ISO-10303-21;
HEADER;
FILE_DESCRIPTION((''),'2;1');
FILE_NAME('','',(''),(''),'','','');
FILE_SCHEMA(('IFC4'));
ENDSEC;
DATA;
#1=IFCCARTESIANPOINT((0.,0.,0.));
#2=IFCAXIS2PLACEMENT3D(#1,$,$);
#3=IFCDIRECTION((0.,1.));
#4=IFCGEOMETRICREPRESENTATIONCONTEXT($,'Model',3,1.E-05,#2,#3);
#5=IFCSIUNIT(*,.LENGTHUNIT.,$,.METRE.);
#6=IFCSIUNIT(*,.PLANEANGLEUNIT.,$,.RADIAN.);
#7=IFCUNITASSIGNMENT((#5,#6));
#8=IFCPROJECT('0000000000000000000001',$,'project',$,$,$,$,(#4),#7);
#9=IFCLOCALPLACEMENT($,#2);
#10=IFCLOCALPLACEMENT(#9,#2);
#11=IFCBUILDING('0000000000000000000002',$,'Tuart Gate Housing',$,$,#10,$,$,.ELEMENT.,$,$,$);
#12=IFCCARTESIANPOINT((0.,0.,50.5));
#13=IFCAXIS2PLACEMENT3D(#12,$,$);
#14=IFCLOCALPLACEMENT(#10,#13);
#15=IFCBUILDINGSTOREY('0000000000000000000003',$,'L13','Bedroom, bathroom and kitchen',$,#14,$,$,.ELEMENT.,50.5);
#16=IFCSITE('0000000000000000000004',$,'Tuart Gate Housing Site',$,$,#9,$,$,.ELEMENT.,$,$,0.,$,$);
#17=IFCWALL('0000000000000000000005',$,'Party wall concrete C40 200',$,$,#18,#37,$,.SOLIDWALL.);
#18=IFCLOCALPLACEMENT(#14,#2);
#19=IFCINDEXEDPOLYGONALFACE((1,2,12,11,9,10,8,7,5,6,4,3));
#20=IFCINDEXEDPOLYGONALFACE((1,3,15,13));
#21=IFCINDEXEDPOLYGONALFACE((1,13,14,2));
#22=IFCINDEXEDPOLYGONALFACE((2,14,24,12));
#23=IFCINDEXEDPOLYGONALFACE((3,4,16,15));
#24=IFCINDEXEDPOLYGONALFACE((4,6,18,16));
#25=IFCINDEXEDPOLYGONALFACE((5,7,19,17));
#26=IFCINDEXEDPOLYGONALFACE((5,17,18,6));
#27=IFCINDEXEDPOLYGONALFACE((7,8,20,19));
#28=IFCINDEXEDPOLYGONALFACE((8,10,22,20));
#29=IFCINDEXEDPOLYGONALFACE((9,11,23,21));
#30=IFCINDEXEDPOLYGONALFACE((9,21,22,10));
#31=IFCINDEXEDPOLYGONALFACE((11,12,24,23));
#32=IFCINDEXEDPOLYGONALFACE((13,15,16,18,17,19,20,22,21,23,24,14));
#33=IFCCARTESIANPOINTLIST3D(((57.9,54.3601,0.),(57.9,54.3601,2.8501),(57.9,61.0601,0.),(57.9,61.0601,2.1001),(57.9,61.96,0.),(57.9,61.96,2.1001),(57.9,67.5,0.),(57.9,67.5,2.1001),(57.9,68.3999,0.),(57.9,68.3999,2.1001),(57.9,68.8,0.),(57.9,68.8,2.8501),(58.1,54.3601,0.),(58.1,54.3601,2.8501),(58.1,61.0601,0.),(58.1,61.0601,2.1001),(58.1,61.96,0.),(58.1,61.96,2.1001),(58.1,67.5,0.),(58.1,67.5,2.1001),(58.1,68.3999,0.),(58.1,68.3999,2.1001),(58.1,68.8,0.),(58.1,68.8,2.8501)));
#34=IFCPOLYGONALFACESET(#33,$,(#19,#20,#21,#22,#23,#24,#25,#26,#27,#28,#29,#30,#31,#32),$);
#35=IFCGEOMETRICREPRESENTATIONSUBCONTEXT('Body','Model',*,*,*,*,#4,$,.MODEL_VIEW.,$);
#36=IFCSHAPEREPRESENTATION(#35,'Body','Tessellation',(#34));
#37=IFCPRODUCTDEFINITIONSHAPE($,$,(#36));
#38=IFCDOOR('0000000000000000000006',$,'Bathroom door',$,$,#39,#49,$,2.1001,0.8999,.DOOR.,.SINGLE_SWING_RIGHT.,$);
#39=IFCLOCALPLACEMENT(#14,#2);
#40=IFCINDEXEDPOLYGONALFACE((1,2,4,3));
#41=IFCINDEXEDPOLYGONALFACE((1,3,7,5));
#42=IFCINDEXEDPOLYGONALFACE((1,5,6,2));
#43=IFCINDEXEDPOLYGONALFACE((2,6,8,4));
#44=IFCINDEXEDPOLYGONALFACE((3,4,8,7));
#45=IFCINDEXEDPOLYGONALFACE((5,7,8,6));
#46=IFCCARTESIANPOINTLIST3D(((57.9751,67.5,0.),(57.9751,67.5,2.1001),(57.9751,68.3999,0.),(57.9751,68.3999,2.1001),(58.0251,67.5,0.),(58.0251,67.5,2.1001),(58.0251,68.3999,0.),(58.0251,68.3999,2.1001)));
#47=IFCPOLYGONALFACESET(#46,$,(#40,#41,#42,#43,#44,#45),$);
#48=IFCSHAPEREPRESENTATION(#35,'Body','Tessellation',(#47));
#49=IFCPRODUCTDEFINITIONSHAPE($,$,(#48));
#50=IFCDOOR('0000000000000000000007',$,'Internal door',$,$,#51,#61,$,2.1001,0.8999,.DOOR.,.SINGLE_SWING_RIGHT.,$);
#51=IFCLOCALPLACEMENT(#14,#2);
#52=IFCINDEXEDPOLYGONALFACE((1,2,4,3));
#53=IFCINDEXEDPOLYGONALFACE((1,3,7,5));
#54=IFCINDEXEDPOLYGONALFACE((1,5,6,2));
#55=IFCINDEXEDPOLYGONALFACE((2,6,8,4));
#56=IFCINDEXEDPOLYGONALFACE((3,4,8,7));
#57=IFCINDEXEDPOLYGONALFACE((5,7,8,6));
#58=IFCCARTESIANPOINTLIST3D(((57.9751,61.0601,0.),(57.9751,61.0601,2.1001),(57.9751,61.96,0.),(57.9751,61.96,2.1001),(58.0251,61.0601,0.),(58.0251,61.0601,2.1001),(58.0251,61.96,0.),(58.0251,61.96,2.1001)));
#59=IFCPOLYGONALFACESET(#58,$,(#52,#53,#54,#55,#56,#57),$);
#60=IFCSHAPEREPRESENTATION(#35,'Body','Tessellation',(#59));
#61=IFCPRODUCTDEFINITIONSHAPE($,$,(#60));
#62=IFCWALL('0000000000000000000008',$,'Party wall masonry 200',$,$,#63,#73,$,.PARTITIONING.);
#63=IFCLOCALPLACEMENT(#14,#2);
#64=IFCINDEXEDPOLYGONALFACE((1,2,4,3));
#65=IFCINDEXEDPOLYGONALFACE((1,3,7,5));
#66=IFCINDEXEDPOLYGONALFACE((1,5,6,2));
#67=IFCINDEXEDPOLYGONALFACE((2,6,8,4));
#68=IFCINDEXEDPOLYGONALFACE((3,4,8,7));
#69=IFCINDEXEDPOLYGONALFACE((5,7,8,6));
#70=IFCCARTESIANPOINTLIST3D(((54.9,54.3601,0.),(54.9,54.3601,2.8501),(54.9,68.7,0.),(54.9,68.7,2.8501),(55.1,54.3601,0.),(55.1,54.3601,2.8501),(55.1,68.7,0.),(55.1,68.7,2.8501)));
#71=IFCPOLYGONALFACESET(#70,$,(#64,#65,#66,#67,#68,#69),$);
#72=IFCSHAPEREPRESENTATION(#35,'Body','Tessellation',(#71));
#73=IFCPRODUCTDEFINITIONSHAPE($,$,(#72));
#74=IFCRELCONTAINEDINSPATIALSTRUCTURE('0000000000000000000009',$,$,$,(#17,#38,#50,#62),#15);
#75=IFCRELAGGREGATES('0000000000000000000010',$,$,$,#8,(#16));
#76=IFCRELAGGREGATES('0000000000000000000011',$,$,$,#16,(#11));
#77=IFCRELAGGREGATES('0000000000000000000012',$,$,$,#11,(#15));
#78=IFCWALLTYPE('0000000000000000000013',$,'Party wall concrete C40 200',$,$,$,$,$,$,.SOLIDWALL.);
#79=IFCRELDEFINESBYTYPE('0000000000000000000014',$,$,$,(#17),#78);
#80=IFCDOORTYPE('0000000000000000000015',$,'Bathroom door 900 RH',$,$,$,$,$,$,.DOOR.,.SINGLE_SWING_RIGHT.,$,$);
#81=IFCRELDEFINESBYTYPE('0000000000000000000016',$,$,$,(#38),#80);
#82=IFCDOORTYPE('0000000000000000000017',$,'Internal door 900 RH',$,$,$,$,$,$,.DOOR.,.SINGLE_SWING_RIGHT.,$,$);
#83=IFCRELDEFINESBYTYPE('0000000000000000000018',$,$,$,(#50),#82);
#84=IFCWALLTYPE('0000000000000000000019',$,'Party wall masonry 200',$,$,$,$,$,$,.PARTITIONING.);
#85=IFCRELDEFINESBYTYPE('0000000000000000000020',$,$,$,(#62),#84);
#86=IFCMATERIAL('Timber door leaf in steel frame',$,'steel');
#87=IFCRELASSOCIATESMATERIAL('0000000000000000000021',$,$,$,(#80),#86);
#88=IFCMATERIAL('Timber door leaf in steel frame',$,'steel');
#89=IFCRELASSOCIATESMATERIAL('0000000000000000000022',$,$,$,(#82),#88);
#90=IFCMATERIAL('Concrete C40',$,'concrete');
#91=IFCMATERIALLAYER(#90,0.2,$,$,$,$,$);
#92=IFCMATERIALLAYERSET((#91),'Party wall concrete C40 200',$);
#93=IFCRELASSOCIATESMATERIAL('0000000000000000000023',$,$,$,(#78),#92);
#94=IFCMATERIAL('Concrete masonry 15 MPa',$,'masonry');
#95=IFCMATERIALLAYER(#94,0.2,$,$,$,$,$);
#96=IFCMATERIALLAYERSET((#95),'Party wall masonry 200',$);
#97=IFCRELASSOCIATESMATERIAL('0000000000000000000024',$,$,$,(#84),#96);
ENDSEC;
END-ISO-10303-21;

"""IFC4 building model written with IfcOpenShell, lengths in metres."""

from ifc_helpers import new_model, si_unit, direction, frame, frame_2d, origin, place, context, subcontext, project, spatial, rectangle, extrude, material, layer, layer_set, type_object, element, fill, save


model = new_model("IFC4")

# Units and contexts
model_context = context("Model", 3, precision=1e-05, world=origin(), true_north=direction((0.0, 1.0)))
body_context = subcontext(model_context, "Body", "Model", "MODEL_VIEW")
ifc_project = project(units=[si_unit("LENGTHUNIT", "METRE"), si_unit("PLANEANGLEUNIT", "RADIAN")], contexts=[model_context])

# Site, building, storey
site_placement = place(None, origin())
site = spatial("IfcSite", under=ifc_project, at=site_placement, Name="Tuart Gate Housing Site", CompositionType="ELEMENT", RefElevation=0.0)
building_placement = place(site_placement, origin())
building = spatial("IfcBuilding", under=site, at=building_placement, Name="Tuart Gate Housing", CompositionType="ELEMENT")
storey_placement = place(building_placement, frame((0.0, 0.0, 50.5)))
storey = spatial("IfcBuildingStorey", under=building, at=storey_placement, Name="L13", Description="Bedroom, bathroom and kitchen", CompositionType="ELEMENT", Elevation=50.5)

# Shared definitions
ifc_material_1 = material(Name="Timber door leaf in steel frame", Category="steel")
door_type_1 = type_object("IfcDoorType", Name="Bathroom door 900 RH", OperationType="SINGLE_SWING_RIGHT", PredefinedType="DOOR", material=ifc_material_1)
ifc_material_2 = material(Name="Timber door leaf in steel frame", Category="steel")
door_type_2 = type_object("IfcDoorType", Name="Internal door 900 RH", OperationType="SINGLE_SWING_RIGHT", PredefinedType="DOOR", material=ifc_material_2)

# Shared definitions
ifc_material_3 = material(Name="Concrete C40", Category="concrete")
ifc_layer_1 = layer(ifc_material_3, 0.2)
ifc_layer_set_1 = layer_set([ifc_layer_1], Name="Party wall concrete C40 200")
wall_type_1 = type_object("IfcWallType", Name="Party wall concrete C40 200", PredefinedType="SOLIDWALL", material=ifc_layer_set_1)

# Wall, openings, doors
wall_1_placement = place(storey_placement, frame((58.0, 54.3601, 0.0), z_axis=(0.0, 0.0, 1.0), x_axis=(0.0, 1.0, 0.0)))
wall_1 = element("IfcWall", 1, at=wall_1_placement, inside=storey, type_object=wall_type_1, Name="Party wall concrete C40 200", PredefinedType="SOLIDWALL", context=body_context, shape_type="SweptSolid", body=[
    extrude(rectangle(XDim=14.4399, YDim=0.2, at=frame_2d((7.22, 0.0))), origin(), (0.0, 0.0, 1.0), 2.8501),
])
opening_1_placement = place(wall_1_placement, frame((6.7, 0.0, 0.0)))
opening_1 = element("IfcOpeningElement", 2, at=opening_1_placement, cuts=wall_1, PredefinedType="OPENING", context=body_context, shape_type="SweptSolid", body=[
    extrude(rectangle(XDim=0.8999, YDim=2.1001, at=frame_2d((0.45, 1.05))), frame((0.0, 0.1099, 0.0), z_axis=(0.0, -1.0, 0.0), x_axis=(1.0, 0.0, 0.0)), (0.0, 0.0, 1.0), 0.22),
])
opening_2_placement = place(wall_1_placement, frame((13.1399, 0.0, 0.0)))
opening_2 = element("IfcOpeningElement", 3, at=opening_2_placement, cuts=wall_1, PredefinedType="OPENING", context=body_context, shape_type="SweptSolid", body=[
    extrude(rectangle(XDim=0.8999, YDim=2.1001, at=frame_2d((0.45, 1.05))), frame((0.0, 0.1099, 0.0), z_axis=(0.0, -1.0, 0.0), x_axis=(1.0, 0.0, 0.0)), (0.0, 0.0, 1.0), 0.22),
])
door_1_placement = place(opening_2_placement, origin())
door_1 = element("IfcDoor", 4, at=door_1_placement, inside=storey, type_object=door_type_1, Name="Bathroom door", OperationType="SINGLE_SWING_RIGHT", OverallHeight=2.1001, OverallWidth=0.8999, PredefinedType="DOOR", context=body_context, shape_type="SweptSolid", body=[
    extrude(rectangle(XDim=0.8999, YDim=2.1001, at=frame_2d((0.45, 1.05))), frame((0.0, 0.0249, 0.0), z_axis=(0.0, -1.0, 0.0), x_axis=(1.0, 0.0, 0.0)), (0.0, 0.0, 1.0), 0.05),
])
fill(opening_2, door_1)
door_2_placement = place(opening_1_placement, origin())
door_2 = element("IfcDoor", 5, at=door_2_placement, inside=storey, type_object=door_type_2, Name="Internal door", OperationType="SINGLE_SWING_RIGHT", OverallHeight=2.1001, OverallWidth=0.8999, PredefinedType="DOOR", context=body_context, shape_type="SweptSolid", body=[
    extrude(rectangle(XDim=0.8999, YDim=2.1001, at=frame_2d((0.45, 1.05))), frame((0.0, 0.0249, 0.0), z_axis=(0.0, -1.0, 0.0), x_axis=(1.0, 0.0, 0.0)), (0.0, 0.0, 1.0), 0.05),
])
fill(opening_1, door_2)

# Wall
ifc_material_4 = material(Name="Concrete masonry 15 MPa", Category="masonry")
ifc_layer_2 = layer(ifc_material_4, 0.2)
ifc_layer_set_2 = layer_set([ifc_layer_2], Name="Party wall masonry 200")
wall_type_2 = type_object("IfcWallType", Name="Party wall masonry 200", PredefinedType="PARTITIONING", material=ifc_layer_set_2)
wall_2_placement = place(storey_placement, frame((55.0, 54.3601, 0.0), z_axis=(0.0, 0.0, 1.0), x_axis=(0.0, 1.0, 0.0)))
element("IfcWall", 6, at=wall_2_placement, inside=storey, type_object=wall_type_2, Name="Party wall masonry 200", PredefinedType="PARTITIONING", context=body_context, shape_type="SweptSolid", body=[
    extrude(rectangle(XDim=14.3398, YDim=0.2, at=frame_2d((7.1699, 0.0))), origin(), (0.0, 0.0, 1.0), 2.8501),
])

save(model, "model.ifc")
